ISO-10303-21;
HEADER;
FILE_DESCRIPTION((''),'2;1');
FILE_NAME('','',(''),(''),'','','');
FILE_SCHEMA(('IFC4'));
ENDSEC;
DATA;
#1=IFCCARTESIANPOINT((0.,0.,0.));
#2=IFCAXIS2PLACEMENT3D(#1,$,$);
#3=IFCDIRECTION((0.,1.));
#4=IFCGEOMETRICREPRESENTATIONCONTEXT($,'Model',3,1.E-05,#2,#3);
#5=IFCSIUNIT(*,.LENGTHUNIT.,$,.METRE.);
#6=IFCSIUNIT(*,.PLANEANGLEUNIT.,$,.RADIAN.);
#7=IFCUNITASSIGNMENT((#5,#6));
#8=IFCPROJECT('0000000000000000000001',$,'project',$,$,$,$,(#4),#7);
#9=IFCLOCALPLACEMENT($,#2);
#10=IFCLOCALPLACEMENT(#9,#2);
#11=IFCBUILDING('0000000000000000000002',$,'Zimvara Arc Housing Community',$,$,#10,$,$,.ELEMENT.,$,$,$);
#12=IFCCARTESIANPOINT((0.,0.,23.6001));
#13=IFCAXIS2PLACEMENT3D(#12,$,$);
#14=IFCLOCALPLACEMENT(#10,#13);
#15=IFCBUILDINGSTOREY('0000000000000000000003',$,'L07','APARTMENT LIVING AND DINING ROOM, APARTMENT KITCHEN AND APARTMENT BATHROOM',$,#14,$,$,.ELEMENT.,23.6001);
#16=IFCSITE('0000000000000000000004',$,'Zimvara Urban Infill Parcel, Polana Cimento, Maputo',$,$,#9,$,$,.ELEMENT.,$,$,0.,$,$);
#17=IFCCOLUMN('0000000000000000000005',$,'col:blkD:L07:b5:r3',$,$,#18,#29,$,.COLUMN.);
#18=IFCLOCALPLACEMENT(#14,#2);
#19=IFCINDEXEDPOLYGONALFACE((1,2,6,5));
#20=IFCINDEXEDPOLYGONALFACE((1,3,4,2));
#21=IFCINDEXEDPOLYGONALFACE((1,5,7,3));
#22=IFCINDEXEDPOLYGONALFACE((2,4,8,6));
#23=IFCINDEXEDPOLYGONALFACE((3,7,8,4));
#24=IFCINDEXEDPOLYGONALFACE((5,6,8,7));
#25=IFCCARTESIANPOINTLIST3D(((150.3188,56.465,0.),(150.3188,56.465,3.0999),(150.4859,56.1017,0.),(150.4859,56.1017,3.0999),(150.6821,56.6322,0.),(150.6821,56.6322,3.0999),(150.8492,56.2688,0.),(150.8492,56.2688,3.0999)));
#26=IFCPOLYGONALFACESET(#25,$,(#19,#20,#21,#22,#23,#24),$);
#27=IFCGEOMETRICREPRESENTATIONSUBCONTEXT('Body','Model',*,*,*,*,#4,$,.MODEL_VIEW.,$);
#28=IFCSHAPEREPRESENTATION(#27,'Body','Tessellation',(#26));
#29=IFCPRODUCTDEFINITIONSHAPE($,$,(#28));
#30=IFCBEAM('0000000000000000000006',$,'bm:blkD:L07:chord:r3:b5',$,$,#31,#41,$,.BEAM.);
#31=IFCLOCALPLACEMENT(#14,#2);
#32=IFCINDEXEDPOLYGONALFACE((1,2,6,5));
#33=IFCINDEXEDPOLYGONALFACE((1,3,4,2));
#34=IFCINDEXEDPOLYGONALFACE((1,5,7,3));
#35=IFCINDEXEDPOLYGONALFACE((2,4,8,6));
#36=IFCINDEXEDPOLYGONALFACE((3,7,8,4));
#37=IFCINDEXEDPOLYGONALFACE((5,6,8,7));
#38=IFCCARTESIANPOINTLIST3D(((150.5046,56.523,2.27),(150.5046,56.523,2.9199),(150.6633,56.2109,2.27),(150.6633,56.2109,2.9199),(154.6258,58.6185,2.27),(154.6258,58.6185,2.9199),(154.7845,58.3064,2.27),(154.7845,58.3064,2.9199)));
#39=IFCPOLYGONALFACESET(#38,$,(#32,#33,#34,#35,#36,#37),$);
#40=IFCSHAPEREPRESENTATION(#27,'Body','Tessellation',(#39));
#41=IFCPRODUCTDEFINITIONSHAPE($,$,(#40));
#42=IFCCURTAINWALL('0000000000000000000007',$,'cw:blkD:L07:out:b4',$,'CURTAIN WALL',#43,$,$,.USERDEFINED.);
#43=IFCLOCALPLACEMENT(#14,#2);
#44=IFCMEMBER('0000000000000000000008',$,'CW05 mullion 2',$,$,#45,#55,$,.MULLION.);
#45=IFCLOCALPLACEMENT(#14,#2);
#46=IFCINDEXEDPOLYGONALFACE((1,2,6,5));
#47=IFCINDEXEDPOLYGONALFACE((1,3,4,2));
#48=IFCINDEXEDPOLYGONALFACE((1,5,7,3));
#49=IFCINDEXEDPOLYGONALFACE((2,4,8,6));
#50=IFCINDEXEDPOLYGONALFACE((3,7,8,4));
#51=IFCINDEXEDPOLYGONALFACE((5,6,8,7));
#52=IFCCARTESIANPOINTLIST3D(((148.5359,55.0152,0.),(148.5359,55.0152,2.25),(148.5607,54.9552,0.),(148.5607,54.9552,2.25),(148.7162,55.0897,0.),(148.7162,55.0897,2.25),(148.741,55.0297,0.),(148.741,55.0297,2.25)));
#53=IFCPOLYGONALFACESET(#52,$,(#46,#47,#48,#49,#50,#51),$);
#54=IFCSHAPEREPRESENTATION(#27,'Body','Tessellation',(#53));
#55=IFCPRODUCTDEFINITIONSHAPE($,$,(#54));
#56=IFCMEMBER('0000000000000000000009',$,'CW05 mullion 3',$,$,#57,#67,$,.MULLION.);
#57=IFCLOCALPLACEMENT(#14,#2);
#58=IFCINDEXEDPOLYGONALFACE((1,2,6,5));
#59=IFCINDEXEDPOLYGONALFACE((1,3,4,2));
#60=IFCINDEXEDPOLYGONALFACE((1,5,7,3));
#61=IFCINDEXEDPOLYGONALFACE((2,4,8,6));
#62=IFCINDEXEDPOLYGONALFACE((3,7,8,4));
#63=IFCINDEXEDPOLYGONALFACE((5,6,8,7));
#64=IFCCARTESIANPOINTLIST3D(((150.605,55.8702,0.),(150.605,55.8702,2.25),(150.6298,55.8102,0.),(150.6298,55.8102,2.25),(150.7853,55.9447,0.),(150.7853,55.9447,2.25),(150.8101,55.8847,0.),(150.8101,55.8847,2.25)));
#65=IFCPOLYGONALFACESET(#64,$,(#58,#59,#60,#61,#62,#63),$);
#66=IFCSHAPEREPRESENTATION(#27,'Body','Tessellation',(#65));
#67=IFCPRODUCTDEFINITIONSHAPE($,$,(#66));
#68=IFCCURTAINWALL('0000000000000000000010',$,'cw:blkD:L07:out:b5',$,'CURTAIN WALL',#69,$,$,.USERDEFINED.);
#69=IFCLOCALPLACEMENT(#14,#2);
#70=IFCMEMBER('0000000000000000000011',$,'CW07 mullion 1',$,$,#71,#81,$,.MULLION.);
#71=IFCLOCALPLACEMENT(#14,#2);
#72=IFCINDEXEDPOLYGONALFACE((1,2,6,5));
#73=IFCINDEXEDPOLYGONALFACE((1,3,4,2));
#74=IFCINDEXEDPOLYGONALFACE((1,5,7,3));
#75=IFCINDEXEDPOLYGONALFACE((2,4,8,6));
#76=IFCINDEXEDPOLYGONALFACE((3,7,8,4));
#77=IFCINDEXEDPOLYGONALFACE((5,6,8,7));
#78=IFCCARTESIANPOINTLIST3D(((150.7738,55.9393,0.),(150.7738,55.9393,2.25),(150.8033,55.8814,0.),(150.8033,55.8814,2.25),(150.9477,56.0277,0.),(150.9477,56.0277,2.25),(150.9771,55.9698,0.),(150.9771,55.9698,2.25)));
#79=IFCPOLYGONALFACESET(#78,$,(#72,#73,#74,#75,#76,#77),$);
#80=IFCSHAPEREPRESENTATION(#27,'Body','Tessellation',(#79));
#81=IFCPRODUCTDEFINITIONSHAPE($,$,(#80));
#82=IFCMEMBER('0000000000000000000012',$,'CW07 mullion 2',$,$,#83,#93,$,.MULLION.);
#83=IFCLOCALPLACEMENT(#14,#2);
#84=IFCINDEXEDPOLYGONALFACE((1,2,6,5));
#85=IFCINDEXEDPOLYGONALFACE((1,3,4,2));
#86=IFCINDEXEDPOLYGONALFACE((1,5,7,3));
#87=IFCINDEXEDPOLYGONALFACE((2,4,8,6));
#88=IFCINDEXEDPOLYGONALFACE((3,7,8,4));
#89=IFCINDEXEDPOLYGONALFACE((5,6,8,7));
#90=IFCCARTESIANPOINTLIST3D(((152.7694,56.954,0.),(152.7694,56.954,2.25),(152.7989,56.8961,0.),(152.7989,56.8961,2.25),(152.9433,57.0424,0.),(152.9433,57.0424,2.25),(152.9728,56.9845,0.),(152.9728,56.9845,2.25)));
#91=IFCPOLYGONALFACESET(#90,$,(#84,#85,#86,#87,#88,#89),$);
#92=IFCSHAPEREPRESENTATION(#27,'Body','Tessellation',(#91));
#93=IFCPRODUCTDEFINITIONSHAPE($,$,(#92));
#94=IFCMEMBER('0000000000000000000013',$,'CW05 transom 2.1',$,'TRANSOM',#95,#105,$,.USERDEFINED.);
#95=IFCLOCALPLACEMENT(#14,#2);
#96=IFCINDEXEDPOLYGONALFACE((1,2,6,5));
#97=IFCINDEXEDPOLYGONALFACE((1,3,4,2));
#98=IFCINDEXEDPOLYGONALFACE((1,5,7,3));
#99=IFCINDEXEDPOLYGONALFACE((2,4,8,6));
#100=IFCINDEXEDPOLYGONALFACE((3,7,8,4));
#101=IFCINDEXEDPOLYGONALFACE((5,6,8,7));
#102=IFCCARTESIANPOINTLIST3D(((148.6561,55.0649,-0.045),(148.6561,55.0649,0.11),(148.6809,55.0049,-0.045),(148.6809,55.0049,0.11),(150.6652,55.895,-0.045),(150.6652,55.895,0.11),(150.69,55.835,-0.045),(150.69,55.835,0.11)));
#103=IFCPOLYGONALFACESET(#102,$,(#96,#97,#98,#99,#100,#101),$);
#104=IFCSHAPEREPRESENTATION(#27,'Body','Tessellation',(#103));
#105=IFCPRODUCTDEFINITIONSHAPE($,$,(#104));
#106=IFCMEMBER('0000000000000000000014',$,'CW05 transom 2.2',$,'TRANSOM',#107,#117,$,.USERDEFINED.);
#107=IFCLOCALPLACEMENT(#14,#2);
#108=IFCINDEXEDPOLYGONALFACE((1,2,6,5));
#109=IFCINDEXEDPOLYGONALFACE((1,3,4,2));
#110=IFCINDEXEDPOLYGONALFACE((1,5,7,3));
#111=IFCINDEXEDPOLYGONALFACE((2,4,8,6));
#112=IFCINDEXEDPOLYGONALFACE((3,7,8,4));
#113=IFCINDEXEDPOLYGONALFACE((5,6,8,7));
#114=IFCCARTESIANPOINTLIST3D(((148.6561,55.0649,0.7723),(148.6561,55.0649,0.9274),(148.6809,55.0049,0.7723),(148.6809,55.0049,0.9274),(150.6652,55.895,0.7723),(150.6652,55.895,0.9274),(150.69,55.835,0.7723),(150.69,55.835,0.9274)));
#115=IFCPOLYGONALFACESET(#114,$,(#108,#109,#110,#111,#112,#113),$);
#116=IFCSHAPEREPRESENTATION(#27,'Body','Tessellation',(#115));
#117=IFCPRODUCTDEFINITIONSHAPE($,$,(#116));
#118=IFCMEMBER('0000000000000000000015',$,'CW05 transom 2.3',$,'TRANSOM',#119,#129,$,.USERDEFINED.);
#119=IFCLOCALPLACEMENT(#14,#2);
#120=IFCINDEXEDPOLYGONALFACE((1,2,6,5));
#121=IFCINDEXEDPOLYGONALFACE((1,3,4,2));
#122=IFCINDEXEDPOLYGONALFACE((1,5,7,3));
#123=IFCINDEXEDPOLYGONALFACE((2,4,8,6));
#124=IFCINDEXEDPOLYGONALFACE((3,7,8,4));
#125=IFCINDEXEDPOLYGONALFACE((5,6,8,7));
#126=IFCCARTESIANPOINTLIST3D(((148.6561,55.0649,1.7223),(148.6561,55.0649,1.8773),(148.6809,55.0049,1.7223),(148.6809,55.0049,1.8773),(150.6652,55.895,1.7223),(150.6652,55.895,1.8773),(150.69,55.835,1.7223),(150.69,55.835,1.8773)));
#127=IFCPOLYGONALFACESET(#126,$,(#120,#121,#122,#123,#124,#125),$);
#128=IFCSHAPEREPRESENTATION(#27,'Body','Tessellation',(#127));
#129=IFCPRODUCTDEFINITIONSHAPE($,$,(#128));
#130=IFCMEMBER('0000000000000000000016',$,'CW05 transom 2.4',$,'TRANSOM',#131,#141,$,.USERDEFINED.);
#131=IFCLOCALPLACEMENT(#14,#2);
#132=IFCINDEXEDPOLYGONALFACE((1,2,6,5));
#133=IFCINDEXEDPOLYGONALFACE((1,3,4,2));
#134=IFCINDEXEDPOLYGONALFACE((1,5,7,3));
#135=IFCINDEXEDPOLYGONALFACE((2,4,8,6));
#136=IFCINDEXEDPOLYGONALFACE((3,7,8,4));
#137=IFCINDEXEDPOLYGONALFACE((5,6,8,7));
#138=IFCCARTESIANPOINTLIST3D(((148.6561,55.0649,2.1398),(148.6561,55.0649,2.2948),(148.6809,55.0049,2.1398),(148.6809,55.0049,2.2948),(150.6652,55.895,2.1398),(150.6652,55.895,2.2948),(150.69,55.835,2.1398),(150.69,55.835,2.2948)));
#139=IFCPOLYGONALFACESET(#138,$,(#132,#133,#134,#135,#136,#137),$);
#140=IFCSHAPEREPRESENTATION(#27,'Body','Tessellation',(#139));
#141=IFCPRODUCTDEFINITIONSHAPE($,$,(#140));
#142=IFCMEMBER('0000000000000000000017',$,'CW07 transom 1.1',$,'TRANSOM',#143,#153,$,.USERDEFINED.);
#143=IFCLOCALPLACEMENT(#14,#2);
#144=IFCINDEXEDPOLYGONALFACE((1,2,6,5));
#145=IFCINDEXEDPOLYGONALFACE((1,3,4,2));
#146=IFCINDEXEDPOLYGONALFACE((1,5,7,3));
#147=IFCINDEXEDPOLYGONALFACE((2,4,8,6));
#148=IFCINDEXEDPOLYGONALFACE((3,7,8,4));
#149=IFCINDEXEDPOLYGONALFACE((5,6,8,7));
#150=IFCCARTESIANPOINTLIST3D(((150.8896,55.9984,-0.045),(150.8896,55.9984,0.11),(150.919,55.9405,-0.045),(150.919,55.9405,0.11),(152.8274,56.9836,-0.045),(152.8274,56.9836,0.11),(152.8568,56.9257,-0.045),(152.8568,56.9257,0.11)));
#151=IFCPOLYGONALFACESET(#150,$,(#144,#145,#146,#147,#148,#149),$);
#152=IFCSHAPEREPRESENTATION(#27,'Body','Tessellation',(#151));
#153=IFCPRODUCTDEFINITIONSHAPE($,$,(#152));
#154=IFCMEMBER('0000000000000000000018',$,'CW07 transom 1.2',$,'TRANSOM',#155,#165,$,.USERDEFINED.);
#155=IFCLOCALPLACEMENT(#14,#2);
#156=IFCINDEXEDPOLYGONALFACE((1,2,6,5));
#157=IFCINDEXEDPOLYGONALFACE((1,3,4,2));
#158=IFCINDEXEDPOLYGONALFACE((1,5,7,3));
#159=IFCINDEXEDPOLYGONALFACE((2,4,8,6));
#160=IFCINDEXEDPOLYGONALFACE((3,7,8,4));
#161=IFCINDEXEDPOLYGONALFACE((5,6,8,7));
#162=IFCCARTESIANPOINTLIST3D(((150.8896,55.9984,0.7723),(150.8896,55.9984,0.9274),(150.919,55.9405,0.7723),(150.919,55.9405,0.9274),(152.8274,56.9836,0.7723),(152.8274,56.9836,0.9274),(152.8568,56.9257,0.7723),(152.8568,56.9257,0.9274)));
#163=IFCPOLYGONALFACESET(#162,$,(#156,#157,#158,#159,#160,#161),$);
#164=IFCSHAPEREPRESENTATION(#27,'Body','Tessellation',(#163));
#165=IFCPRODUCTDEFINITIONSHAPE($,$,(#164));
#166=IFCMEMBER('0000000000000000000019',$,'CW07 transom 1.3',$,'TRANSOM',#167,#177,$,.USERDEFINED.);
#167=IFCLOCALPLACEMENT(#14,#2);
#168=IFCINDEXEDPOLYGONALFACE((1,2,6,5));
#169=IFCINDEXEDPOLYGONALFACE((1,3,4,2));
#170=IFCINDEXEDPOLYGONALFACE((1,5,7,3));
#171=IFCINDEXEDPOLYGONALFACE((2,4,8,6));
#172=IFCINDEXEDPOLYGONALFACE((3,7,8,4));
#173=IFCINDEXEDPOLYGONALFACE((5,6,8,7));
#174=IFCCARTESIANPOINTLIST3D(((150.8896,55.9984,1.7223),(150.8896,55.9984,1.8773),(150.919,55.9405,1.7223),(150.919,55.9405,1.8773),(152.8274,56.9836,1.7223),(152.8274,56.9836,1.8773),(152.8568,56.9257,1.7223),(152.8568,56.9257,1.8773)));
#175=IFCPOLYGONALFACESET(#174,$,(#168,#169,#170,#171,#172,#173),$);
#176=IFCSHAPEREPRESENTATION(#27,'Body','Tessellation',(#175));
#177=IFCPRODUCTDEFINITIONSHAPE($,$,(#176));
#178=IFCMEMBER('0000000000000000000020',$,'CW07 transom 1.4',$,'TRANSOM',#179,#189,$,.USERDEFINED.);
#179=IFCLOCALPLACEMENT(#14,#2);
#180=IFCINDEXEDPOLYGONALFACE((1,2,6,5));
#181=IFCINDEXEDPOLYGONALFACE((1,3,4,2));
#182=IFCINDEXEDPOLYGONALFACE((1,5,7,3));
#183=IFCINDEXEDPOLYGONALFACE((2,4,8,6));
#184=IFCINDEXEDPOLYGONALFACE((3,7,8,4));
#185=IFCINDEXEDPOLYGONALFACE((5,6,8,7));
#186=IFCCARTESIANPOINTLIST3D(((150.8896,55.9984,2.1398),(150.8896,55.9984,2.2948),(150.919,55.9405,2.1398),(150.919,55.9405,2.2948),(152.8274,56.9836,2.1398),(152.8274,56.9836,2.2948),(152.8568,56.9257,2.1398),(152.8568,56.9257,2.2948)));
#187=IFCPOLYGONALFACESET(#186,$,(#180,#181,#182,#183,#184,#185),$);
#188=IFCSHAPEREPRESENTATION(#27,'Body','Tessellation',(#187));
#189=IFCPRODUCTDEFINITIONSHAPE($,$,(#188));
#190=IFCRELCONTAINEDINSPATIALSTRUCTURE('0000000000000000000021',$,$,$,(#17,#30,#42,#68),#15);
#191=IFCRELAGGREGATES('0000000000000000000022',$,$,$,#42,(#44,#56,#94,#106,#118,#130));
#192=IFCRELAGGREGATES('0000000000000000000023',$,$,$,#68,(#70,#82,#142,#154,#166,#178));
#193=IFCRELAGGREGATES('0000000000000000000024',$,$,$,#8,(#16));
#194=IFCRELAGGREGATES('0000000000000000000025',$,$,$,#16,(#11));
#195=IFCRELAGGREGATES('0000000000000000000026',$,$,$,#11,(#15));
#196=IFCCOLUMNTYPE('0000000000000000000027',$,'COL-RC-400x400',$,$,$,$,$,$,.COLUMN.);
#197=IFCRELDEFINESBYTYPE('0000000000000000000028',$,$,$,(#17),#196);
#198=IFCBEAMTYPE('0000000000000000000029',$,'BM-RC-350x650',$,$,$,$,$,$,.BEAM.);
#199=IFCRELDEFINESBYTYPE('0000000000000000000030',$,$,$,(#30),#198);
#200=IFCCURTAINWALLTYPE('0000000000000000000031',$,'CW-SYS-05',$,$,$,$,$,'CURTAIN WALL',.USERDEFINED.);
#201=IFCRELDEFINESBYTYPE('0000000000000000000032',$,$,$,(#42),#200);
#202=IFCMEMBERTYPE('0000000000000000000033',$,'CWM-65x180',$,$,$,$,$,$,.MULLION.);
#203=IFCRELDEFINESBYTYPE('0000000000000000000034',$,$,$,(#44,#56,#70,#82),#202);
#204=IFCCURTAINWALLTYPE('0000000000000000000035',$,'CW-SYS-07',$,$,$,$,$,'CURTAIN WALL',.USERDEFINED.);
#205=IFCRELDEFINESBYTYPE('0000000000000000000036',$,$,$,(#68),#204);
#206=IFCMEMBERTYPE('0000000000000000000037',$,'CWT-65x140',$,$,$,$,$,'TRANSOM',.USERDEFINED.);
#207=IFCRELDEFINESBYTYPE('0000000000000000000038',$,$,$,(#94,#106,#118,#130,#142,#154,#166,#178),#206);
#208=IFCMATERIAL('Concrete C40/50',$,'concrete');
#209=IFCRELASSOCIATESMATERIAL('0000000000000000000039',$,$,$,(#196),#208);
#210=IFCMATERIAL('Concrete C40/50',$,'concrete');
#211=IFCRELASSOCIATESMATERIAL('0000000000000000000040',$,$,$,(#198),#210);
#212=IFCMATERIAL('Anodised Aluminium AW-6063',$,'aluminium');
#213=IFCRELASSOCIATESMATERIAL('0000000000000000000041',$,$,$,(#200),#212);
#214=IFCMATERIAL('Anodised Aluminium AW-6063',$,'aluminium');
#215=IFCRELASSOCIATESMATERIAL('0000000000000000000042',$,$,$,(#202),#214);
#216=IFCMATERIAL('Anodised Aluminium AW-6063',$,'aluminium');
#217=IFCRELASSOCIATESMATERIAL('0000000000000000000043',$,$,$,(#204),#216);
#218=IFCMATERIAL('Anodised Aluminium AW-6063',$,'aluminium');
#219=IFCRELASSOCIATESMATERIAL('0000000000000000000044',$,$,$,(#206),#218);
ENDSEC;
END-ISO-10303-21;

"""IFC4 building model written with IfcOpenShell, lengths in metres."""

from ifc_helpers import new_model, si_unit, direction, frame, origin, origin_2d, place, context, subcontext, project, spatial, rectangle, extrude, material, material_profile, profile_set, type_object, element, aggregate, save


model = new_model("IFC4")

# Units and contexts
model_context = context("Model", 3, precision=1e-05, world=origin(), true_north=direction((0.0, 1.0)))
body_context = subcontext(model_context, "Body", "Model", "MODEL_VIEW")
ifc_project = project(units=[si_unit("LENGTHUNIT", "METRE"), si_unit("PLANEANGLEUNIT", "RADIAN")], contexts=[model_context])

# Site, building, storey
site_placement = place(None, origin())
site = spatial("IfcSite", under=ifc_project, at=site_placement, Name="Zimvara Urban Infill Parcel, Polana Cimento, Maputo", CompositionType="ELEMENT", RefElevation=0.0)
building_placement = place(site_placement, origin())
building = spatial("IfcBuilding", under=site, at=building_placement, Name="Zimvara Arc Housing Community", CompositionType="ELEMENT")
storey_placement = place(building_placement, frame((0.0, 0.0, 23.6001)))
storey = spatial("IfcBuildingStorey", under=building, at=storey_placement, Name="L07", Description="APARTMENT LIVING AND DINING ROOM, APARTMENT KITCHEN AND APARTMENT BATHROOM", CompositionType="ELEMENT", Elevation=23.6001)

# Column
ifc_material_1 = material(Name="Concrete C40/50", Category="concrete")
ifc_material_profile_1 = material_profile(ifc_material_1, rectangle(XDim=0.3999, YDim=0.3999, at=origin_2d()), Name="RC 400x400")
ifc_profile_set_1 = profile_set([ifc_material_profile_1], Name="Concrete C40/50")
column_type = type_object("IfcColumnType", Name="COL-RC-400x400", PredefinedType="COLUMN", material=ifc_profile_set_1)
column_placement = place(storey_placement, frame((150.584, 56.3669, 0.0), z_axis=(0.0, 0.0, 1.0), x_axis=(0.417867, -0.908508, 0.0)))
element("IfcColumn", 1, at=column_placement, inside=storey, type_object=column_type, Name="col:blkD:L07:b5:r3", PredefinedType="COLUMN", context=body_context, shape_type="SweptSolid", body=[
    extrude(rectangle(XDim=0.3999, YDim=0.3999, at=origin_2d()), origin(), (0.0, 0.0, 1.0), 3.0999),
])

# Beam
ifc_material_2 = material(Name="Concrete C40/50", Category="concrete")
ifc_material_profile_2 = material_profile(ifc_material_2, rectangle(XDim=0.3501, YDim=0.6499, at=origin_2d()), Name="RC 350x650")
ifc_profile_set_2 = profile_set([ifc_material_profile_2], Name="Concrete C40/50")
beam_type = type_object("IfcBeamType", Name="BM-RC-350x650", PredefinedType="BEAM", material=ifc_profile_set_2)
beam_placement = place(storey_placement, frame((150.584, 56.3669, 2.595), z_axis=(0.891386, 0.453245, 0.0), x_axis=(-0.453245, 0.891386, 0.0)))
element("IfcBeam", 2, at=beam_placement, inside=storey, type_object=beam_type, Name="bm:blkD:L07:chord:r3:b5", PredefinedType="BEAM", context=body_context, shape_type="SweptSolid", body=[
    extrude(rectangle(XDim=0.3501, YDim=0.6499, at=origin_2d()), origin(), (0.0, 0.0, 1.0), 4.6233),
])

# Curtain walls, members
ifc_material_3 = material(Name="Anodised Aluminium AW-6063", Category="aluminium")
curtain_wall_type_1 = type_object("IfcCurtainWallType", Name="CW-SYS-05", ElementType="CURTAIN WALL", PredefinedType="USERDEFINED", material=ifc_material_3)
curtain_wall_1_placement = place(storey_placement, origin())
curtain_wall_1 = element("IfcCurtainWall", 3, at=curtain_wall_1_placement, inside=storey, type_object=curtain_wall_type_1, Name="cw:blkD:L07:out:b4", ObjectType="CURTAIN WALL", PredefinedType="USERDEFINED")
ifc_material_4 = material(Name="Anodised Aluminium AW-6063", Category="aluminium")
ifc_material_profile_3 = material_profile(ifc_material_4, rectangle(XDim=0.0649, YDim=0.1951, at=origin_2d()), Name="ALU 65x195")
ifc_profile_set_3 = profile_set([ifc_material_profile_3], Name="Anodised Aluminium AW-6063")
member_type_1 = type_object("IfcMemberType", Name="CWM-65x180", PredefinedType="MULLION", material=ifc_profile_set_3)
member_1_placement = place(storey_placement, frame((148.6384, 55.0225, 0.0), z_axis=(0.0, 0.0, 1.0), x_axis=(-0.381876, 0.924213, 0.0)))
member_1 = element("IfcMember", 4, at=member_1_placement, type_object=member_type_1, Name="CW05 mullion 2", PredefinedType="MULLION", context=body_context, shape_type="SweptSolid", body=[
    extrude(rectangle(XDim=0.0649, YDim=0.1951, at=origin_2d()), origin(), (0.0, 0.0, 1.0), 2.25),
])
member_2_placement = place(storey_placement, frame((150.7075, 55.8774, 0.0), z_axis=(0.0, 0.0, 1.0), x_axis=(-0.381876, 0.924213, 0.0)))
member_2 = element("IfcMember", 5, at=member_2_placement, type_object=member_type_1, Name="CW05 mullion 3", PredefinedType="MULLION", context=body_context, shape_type="SweptSolid", body=[
    extrude(rectangle(XDim=0.0649, YDim=0.1951, at=origin_2d()), origin(), (0.0, 0.0, 1.0), 2.25),
])
ifc_material_5 = material(Name="Anodised Aluminium AW-6063", Category="aluminium")
curtain_wall_type_2 = type_object("IfcCurtainWallType", Name="CW-SYS-07", ElementType="CURTAIN WALL", PredefinedType="USERDEFINED", material=ifc_material_5)
curtain_wall_2_placement = place(storey_placement, origin())
curtain_wall_2 = element("IfcCurtainWall", 6, at=curtain_wall_2_placement, inside=storey, type_object=curtain_wall_type_2, Name="cw:blkD:L07:out:b5", ObjectType="CURTAIN WALL", PredefinedType="USERDEFINED")
member_3_placement = place(storey_placement, frame((150.8755, 55.9546, 0.0), z_axis=(0.0, 0.0, 1.0), x_axis=(-0.453212, 0.891403, 0.0)))
member_3 = element("IfcMember", 7, at=member_3_placement, type_object=member_type_1, Name="CW07 mullion 1", PredefinedType="MULLION", context=body_context, shape_type="SweptSolid", body=[
    extrude(rectangle(XDim=0.0649, YDim=0.1951, at=origin_2d()), origin(), (0.0, 0.0, 1.0), 2.25),
])
member_4_placement = place(storey_placement, frame((152.8711, 56.9692, 0.0), z_axis=(0.0, 0.0, 1.0), x_axis=(-0.453212, 0.891403, 0.0)))
member_4 = element("IfcMember", 8, at=member_4_placement, type_object=member_type_1, Name="CW07 mullion 2", PredefinedType="MULLION", context=body_context, shape_type="SweptSolid", body=[
    extrude(rectangle(XDim=0.0649, YDim=0.1951, at=origin_2d()), origin(), (0.0, 0.0, 1.0), 2.25),
])

# Members
ifc_material_6 = material(Name="Anodised Aluminium AW-6063", Category="aluminium")
ifc_material_profile_4 = material_profile(ifc_material_6, rectangle(XDim=0.0649, YDim=0.155, at=origin_2d()), Name="ALU 65x155")
ifc_profile_set_4 = profile_set([ifc_material_profile_4], Name="Anodised Aluminium AW-6063")
member_type_2 = type_object("IfcMemberType", Name="CWT-65x140", ElementType="TRANSOM", PredefinedType="USERDEFINED", material=ifc_profile_set_4)
member_5_placement = place(storey_placement, frame((148.6685, 55.0349, 0.0325), z_axis=(0.924219, 0.381862, 0.0), x_axis=(-0.381862, 0.924219, 0.0)))
member_5 = element("IfcMember", 9, at=member_5_placement, type_object=member_type_2, Name="CW05 transom 2.1", ObjectType="TRANSOM", PredefinedType="USERDEFINED", context=body_context, shape_type="SweptSolid", body=[
    extrude(rectangle(XDim=0.0649, YDim=0.155, at=origin_2d()), origin(), (0.0, 0.0, 1.0), 2.1738),
])
member_6_placement = place(storey_placement, frame((148.6685, 55.0349, 0.8499), z_axis=(0.924219, 0.381862, 0.0), x_axis=(-0.381862, 0.924219, 0.0)))
member_6 = element("IfcMember", 10, at=member_6_placement, type_object=member_type_2, Name="CW05 transom 2.2", ObjectType="TRANSOM", PredefinedType="USERDEFINED", context=body_context, shape_type="SweptSolid", body=[
    extrude(rectangle(XDim=0.0649, YDim=0.155, at=origin_2d()), origin(), (0.0, 0.0, 1.0), 2.1738),
])
member_7_placement = place(storey_placement, frame((148.6685, 55.0349, 1.7998), z_axis=(0.924219, 0.381862, 0.0), x_axis=(-0.381862, 0.924219, 0.0)))
member_7 = element("IfcMember", 11, at=member_7_placement, type_object=member_type_2, Name="CW05 transom 2.3", ObjectType="TRANSOM", PredefinedType="USERDEFINED", context=body_context, shape_type="SweptSolid", body=[
    extrude(rectangle(XDim=0.0649, YDim=0.155, at=origin_2d()), origin(), (0.0, 0.0, 1.0), 2.1738),
])
member_8_placement = place(storey_placement, frame((148.6685, 55.0349, 2.2173), z_axis=(0.924219, 0.381862, 0.0), x_axis=(-0.381862, 0.924219, 0.0)))
member_8 = element("IfcMember", 12, at=member_8_placement, type_object=member_type_2, Name="CW05 transom 2.4", ObjectType="TRANSOM", PredefinedType="USERDEFINED", context=body_context, shape_type="SweptSolid", body=[
    extrude(rectangle(XDim=0.0649, YDim=0.155, at=origin_2d()), origin(), (0.0, 0.0, 1.0), 2.1738),
])
member_9_placement = place(storey_placement, frame((150.9043, 55.9695, 0.0325), z_axis=(0.89142, 0.453179, 0.0), x_axis=(-0.453179, 0.89142, 0.0)))
member_9 = element("IfcMember", 13, at=member_9_placement, type_object=member_type_2, Name="CW07 transom 1.1", ObjectType="TRANSOM", PredefinedType="USERDEFINED", context=body_context, shape_type="SweptSolid", body=[
    extrude(rectangle(XDim=0.0649, YDim=0.155, at=origin_2d()), origin(), (0.0, 0.0, 1.0), 2.1738),
])
member_10_placement = place(storey_placement, frame((150.9043, 55.9695, 0.8499), z_axis=(0.89142, 0.453179, 0.0), x_axis=(-0.453179, 0.89142, 0.0)))
member_10 = element("IfcMember", 14, at=member_10_placement, type_object=member_type_2, Name="CW07 transom 1.2", ObjectType="TRANSOM", PredefinedType="USERDEFINED", context=body_context, shape_type="SweptSolid", body=[
    extrude(rectangle(XDim=0.0649, YDim=0.155, at=origin_2d()), origin(), (0.0, 0.0, 1.0), 2.1738),
])
member_11_placement = place(storey_placement, frame((150.9043, 55.9695, 1.7998), z_axis=(0.89142, 0.453179, 0.0), x_axis=(-0.453179, 0.89142, 0.0)))
member_11 = element("IfcMember", 15, at=member_11_placement, type_object=member_type_2, Name="CW07 transom 1.3", ObjectType="TRANSOM", PredefinedType="USERDEFINED", context=body_context, shape_type="SweptSolid", body=[
    extrude(rectangle(XDim=0.0649, YDim=0.155, at=origin_2d()), origin(), (0.0, 0.0, 1.0), 2.1738),
])
member_12_placement = place(storey_placement, frame((150.9043, 55.9695, 2.2173), z_axis=(0.89142, 0.453179, 0.0), x_axis=(-0.453179, 0.89142, 0.0)))
member_12 = element("IfcMember", 16, at=member_12_placement, type_object=member_type_2, Name="CW07 transom 1.4", ObjectType="TRANSOM", PredefinedType="USERDEFINED", context=body_context, shape_type="SweptSolid", body=[
    extrude(rectangle(XDim=0.0649, YDim=0.155, at=origin_2d()), origin(), (0.0, 0.0, 1.0), 2.1738),
])

aggregate(curtain_wall_1, [member_1, member_2, member_5, member_6, member_7, member_8])
aggregate(curtain_wall_2, [member_3, member_4, member_9, member_10, member_11, member_12])

save(model, "model.ifc")
